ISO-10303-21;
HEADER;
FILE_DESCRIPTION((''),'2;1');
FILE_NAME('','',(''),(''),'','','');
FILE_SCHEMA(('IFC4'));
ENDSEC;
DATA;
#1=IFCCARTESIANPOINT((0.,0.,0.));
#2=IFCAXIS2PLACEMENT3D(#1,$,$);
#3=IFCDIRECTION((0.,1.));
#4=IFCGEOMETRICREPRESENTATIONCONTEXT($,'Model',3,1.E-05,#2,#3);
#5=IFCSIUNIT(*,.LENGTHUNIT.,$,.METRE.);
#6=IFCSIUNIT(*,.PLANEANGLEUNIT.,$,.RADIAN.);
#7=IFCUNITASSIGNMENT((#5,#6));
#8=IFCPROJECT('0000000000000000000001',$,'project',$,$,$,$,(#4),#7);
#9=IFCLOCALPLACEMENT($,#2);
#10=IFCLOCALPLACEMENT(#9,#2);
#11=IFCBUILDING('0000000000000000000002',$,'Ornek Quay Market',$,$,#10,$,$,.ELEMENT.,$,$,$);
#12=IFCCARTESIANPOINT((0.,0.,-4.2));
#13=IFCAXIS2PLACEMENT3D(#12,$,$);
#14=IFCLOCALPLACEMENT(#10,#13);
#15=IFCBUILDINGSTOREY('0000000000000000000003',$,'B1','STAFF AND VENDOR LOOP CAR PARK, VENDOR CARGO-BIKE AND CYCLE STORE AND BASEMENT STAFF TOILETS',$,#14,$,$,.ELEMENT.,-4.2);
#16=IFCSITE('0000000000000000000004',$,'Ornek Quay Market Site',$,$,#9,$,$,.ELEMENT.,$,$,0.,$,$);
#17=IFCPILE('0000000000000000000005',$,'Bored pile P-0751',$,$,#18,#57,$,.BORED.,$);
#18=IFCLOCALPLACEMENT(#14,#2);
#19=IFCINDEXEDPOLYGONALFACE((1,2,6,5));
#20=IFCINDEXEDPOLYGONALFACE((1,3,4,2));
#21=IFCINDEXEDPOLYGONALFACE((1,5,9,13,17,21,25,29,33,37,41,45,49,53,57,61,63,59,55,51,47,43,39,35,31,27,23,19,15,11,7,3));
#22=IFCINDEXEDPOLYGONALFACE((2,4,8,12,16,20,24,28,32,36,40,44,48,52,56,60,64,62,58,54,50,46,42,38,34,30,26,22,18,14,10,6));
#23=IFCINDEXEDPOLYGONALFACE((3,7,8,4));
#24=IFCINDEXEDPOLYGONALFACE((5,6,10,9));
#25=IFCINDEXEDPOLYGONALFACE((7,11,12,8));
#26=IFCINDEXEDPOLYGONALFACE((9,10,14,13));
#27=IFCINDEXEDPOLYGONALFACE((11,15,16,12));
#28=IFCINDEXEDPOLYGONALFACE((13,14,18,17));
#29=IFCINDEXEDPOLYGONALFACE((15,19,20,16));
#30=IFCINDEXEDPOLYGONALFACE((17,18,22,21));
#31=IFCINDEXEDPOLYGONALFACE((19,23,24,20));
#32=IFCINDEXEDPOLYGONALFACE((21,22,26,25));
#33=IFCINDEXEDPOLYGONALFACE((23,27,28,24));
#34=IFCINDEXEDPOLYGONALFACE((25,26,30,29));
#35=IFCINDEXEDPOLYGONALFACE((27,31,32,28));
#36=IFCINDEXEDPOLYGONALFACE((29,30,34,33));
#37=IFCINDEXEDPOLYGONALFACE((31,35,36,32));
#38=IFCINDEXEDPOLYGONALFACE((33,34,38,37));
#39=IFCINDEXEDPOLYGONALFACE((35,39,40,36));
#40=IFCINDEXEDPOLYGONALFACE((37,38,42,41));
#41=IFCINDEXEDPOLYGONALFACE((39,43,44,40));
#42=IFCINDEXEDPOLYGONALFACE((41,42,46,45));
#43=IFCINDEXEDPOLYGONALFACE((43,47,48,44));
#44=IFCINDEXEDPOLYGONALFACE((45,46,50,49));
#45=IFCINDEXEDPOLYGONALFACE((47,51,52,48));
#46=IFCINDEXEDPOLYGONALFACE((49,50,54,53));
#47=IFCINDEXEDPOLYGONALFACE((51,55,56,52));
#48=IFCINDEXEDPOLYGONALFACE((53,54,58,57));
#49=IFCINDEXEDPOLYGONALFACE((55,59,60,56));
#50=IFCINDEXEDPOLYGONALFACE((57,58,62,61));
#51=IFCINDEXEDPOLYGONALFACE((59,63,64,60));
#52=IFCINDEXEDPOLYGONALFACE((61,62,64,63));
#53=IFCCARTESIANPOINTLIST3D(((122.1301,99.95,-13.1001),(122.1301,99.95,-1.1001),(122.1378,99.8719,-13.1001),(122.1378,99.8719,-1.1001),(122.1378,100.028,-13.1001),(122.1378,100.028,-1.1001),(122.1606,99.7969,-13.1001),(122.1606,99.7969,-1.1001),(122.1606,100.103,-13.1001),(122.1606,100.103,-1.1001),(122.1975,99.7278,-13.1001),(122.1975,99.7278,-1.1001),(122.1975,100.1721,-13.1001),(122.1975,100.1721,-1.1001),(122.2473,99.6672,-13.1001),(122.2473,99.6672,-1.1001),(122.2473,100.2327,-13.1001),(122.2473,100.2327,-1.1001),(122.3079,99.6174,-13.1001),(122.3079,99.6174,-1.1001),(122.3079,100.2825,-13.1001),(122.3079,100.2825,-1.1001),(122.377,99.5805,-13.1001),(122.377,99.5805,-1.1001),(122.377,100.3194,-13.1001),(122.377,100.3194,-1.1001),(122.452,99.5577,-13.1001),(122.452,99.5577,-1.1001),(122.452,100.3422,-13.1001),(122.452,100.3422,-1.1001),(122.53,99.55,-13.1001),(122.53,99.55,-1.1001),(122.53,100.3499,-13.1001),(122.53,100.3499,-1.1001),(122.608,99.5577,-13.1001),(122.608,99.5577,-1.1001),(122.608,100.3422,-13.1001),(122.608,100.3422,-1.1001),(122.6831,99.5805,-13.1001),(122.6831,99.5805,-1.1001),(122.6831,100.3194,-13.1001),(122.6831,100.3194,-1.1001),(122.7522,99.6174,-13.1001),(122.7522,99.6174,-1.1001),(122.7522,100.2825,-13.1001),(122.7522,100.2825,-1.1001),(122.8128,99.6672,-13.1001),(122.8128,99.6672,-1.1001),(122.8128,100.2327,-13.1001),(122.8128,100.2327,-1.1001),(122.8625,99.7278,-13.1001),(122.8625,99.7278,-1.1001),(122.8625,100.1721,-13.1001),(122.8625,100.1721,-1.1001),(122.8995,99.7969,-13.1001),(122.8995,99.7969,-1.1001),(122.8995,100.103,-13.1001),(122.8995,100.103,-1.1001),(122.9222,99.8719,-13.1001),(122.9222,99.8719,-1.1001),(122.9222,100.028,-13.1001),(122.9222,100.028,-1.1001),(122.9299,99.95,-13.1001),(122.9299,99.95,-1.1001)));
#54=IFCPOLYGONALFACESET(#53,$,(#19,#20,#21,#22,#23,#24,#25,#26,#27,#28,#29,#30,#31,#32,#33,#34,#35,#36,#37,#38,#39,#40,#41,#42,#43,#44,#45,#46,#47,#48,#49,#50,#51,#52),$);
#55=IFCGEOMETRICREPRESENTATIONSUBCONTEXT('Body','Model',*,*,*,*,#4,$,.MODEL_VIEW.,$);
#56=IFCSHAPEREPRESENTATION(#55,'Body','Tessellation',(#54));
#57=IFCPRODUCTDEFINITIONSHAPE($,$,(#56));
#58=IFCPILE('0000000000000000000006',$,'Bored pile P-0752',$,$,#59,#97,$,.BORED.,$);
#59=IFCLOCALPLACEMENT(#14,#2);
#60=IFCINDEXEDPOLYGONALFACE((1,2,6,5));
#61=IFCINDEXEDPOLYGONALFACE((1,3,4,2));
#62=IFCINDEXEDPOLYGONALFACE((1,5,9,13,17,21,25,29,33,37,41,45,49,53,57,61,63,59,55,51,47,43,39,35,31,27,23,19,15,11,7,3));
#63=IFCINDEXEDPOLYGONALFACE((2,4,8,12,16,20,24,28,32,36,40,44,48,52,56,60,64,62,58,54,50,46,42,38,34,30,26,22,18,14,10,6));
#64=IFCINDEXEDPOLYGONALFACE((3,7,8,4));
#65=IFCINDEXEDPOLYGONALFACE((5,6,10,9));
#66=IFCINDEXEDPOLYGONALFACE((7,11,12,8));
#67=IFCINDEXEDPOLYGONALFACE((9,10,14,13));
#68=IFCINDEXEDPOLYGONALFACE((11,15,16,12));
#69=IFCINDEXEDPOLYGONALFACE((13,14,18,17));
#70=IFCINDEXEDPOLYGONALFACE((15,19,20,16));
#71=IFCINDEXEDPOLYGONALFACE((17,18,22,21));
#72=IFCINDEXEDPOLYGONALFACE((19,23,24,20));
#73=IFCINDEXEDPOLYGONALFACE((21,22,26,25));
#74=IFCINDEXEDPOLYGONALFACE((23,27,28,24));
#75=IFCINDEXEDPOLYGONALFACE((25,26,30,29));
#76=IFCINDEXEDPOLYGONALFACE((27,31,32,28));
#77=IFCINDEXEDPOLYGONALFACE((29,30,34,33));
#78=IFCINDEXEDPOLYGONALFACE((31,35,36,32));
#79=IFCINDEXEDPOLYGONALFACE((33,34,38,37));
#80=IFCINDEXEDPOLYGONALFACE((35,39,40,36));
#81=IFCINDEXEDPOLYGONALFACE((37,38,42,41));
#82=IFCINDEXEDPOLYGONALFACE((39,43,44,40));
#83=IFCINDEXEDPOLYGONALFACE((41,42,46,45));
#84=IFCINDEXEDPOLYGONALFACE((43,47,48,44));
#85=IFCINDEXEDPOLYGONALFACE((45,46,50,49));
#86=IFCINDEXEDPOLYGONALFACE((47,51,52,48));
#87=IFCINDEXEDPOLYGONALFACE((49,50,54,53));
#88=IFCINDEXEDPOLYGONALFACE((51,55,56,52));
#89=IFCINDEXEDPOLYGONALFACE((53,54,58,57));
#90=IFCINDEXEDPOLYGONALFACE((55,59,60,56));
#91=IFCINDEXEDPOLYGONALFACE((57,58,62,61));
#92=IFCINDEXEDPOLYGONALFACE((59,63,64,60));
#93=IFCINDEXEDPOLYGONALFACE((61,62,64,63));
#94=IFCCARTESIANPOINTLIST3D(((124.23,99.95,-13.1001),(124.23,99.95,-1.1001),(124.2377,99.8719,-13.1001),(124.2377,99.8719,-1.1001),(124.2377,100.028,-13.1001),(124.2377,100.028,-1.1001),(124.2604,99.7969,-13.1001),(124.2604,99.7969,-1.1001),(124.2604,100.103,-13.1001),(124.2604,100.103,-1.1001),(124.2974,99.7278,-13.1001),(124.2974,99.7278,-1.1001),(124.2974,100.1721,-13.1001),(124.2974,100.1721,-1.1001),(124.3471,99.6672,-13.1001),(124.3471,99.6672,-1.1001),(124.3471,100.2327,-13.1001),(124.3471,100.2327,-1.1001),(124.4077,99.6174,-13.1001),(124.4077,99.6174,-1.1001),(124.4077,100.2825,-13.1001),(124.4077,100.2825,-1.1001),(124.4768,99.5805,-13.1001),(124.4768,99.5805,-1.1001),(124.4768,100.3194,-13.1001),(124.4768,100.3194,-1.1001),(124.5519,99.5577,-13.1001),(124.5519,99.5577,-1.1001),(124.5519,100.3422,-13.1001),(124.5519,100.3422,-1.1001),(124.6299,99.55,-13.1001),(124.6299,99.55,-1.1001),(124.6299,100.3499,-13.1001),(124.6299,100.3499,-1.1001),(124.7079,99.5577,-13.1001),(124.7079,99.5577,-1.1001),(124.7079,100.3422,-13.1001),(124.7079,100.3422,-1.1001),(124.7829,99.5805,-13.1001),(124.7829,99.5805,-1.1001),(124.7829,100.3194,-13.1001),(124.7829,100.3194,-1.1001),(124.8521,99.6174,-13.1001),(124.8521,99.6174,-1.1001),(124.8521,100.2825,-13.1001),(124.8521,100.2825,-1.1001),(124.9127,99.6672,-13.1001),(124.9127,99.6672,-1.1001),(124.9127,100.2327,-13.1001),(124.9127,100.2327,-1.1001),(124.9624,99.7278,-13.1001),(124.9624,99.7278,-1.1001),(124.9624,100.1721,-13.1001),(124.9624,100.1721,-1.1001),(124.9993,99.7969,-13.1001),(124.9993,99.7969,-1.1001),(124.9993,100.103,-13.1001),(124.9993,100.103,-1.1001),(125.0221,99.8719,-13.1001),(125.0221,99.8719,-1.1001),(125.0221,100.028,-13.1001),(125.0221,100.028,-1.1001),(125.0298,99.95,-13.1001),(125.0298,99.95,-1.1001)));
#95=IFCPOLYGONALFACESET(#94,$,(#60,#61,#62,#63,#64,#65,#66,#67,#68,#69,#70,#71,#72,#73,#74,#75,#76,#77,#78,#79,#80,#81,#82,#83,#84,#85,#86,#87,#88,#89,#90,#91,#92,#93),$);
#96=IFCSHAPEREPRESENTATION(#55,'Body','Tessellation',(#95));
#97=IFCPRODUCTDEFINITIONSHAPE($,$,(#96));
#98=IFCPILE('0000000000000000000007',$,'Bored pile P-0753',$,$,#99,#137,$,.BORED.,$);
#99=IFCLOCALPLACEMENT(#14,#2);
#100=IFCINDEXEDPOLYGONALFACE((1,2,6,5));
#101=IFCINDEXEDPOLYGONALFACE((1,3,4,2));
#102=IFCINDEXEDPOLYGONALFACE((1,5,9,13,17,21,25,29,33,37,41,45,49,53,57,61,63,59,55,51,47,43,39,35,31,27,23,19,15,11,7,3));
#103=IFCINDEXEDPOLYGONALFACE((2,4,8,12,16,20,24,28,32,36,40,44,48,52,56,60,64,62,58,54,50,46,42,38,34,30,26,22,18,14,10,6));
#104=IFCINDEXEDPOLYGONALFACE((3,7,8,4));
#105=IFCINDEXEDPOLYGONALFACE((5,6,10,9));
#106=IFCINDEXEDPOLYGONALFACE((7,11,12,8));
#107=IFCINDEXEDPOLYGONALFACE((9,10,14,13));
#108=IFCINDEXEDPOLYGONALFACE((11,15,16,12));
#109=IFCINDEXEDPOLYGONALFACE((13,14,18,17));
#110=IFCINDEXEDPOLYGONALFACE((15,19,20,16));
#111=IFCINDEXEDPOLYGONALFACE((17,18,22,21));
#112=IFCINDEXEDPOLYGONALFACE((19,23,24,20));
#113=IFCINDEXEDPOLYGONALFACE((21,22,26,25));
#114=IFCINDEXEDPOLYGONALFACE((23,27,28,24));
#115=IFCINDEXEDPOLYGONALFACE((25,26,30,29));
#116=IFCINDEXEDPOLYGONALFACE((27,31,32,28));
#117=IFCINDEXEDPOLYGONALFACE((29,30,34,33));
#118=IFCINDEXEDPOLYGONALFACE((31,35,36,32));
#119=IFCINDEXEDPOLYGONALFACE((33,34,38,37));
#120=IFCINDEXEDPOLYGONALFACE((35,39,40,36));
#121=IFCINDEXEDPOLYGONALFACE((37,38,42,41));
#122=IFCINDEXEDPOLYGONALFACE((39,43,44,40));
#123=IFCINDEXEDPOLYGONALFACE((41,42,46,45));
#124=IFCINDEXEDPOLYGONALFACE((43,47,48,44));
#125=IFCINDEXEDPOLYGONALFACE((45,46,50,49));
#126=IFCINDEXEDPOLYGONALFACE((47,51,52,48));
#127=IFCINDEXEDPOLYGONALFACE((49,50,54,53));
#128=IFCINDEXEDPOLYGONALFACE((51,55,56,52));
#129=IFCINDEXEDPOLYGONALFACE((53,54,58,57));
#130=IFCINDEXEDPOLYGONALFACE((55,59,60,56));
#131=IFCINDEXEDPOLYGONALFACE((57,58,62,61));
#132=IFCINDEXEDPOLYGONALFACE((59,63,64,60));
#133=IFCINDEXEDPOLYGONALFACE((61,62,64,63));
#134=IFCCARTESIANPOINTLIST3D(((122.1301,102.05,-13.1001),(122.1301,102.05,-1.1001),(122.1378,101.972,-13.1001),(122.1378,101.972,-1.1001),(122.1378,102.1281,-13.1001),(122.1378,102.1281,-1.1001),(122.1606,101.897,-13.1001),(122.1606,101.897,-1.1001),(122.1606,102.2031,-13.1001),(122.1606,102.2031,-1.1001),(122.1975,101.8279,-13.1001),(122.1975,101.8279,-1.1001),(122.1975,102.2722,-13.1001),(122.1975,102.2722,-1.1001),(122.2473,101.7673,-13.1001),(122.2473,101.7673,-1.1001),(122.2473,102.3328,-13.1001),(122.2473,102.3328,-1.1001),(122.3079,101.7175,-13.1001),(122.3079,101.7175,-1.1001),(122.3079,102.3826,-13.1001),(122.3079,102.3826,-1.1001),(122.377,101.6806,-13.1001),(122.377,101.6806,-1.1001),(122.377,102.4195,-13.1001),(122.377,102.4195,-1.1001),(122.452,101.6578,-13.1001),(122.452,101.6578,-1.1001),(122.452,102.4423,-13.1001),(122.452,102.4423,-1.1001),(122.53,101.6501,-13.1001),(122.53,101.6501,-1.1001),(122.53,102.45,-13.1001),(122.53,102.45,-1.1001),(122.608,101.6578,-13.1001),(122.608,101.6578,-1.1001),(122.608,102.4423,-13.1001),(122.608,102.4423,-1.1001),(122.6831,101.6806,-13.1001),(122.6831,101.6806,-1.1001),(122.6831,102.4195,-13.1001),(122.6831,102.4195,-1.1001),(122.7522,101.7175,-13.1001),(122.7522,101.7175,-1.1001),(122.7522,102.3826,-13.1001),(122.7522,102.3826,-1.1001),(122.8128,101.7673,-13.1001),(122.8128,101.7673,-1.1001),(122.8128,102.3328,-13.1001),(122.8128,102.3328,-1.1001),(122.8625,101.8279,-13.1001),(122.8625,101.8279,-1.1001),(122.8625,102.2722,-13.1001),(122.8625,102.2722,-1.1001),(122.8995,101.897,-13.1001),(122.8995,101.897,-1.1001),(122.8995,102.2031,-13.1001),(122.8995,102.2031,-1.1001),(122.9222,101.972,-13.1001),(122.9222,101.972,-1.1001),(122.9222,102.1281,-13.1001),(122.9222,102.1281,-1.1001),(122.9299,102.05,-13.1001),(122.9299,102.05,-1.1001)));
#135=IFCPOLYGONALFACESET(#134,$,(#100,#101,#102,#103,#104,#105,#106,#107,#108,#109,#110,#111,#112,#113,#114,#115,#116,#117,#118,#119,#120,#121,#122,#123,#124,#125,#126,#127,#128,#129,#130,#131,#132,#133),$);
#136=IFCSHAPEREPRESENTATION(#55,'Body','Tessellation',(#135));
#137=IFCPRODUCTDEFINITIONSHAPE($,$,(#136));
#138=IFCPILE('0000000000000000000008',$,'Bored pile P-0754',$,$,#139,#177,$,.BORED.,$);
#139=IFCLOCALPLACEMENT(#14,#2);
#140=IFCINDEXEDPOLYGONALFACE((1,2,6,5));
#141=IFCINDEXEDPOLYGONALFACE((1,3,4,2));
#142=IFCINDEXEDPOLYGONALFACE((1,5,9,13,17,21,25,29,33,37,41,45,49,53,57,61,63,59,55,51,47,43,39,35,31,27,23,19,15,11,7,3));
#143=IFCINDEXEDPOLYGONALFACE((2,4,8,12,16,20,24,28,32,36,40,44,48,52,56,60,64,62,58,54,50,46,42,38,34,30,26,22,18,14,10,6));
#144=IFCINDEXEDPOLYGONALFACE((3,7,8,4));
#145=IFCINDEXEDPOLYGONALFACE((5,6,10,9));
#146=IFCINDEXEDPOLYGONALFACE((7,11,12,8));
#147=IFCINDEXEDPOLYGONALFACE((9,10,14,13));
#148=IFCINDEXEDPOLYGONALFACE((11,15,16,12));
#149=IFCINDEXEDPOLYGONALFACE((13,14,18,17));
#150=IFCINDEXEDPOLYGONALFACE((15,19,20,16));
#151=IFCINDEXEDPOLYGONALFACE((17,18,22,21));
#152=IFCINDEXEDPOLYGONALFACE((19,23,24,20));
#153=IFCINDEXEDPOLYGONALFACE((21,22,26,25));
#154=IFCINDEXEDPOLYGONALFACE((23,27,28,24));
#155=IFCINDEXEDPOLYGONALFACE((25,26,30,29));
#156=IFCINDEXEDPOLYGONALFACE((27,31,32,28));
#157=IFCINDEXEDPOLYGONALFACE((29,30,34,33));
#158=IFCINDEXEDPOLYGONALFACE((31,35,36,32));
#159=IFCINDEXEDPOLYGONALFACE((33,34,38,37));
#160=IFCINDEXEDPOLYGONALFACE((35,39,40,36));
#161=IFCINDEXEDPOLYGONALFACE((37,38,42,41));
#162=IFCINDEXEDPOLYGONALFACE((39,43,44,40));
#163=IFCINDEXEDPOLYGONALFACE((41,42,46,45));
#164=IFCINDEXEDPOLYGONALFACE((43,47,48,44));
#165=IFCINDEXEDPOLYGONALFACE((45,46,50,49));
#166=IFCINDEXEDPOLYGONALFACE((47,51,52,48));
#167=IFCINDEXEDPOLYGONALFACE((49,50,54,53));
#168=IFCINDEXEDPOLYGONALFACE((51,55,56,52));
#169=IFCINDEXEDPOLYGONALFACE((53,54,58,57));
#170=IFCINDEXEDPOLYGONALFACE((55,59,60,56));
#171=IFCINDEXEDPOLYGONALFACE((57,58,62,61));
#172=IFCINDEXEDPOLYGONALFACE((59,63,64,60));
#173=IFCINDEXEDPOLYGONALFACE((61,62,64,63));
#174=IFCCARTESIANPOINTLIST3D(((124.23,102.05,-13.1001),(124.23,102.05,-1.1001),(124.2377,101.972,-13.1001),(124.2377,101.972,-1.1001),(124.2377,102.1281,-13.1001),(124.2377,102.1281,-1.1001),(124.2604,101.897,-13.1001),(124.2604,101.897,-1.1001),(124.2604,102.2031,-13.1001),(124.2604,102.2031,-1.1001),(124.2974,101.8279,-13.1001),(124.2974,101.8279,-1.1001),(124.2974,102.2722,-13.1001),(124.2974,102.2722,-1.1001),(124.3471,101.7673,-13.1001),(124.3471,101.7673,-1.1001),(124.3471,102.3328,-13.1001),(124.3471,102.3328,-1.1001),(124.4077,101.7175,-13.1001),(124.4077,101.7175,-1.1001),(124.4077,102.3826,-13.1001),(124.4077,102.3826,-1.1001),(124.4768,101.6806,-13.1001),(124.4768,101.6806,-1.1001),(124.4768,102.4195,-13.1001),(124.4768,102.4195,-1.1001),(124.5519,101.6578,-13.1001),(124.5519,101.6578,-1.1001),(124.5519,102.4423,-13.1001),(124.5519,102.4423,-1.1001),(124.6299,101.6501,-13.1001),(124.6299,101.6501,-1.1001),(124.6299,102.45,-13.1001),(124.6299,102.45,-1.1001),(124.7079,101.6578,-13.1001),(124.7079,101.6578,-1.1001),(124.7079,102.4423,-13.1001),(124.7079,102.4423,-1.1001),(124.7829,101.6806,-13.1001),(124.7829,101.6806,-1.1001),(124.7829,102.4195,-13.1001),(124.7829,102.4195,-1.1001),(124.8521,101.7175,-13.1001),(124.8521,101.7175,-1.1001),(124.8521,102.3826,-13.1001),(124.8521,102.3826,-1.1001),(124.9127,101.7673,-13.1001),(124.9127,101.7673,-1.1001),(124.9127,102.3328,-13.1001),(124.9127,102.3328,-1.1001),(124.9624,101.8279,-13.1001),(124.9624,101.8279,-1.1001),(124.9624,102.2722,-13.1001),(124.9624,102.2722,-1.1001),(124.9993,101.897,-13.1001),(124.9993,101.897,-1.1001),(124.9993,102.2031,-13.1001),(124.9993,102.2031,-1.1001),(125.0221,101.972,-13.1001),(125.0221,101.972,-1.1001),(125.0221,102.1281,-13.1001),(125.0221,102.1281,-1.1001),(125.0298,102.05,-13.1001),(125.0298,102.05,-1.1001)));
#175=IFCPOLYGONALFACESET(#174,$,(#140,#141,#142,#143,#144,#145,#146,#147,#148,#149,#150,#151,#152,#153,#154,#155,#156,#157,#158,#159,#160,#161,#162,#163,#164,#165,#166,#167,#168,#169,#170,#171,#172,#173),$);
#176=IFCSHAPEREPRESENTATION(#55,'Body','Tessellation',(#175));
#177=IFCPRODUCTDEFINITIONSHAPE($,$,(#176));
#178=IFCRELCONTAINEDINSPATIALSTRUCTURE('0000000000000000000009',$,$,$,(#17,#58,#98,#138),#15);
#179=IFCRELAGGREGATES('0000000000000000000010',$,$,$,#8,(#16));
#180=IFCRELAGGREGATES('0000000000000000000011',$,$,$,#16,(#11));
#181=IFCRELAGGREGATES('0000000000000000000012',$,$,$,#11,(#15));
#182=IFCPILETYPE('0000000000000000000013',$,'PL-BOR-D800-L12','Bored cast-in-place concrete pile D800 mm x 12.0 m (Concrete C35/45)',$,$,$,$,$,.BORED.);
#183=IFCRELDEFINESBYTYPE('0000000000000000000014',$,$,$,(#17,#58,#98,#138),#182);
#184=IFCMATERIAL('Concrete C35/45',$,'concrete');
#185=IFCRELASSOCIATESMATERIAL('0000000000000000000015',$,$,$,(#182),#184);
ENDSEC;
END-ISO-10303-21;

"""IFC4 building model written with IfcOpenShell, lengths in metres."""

from ifc_helpers import new_model, si_unit, direction, frame, origin, origin_2d, place, context, subcontext, project, spatial, circle, extrude, material, material_profile, profile_set, type_object, element, save


model = new_model("IFC4")

# Units and contexts
model_context = context("Model", 3, precision=1e-05, world=origin(), true_north=direction((0.0, 1.0)))
body_context = subcontext(model_context, "Body", "Model", "MODEL_VIEW")
ifc_project = project(units=[si_unit("LENGTHUNIT", "METRE"), si_unit("PLANEANGLEUNIT", "RADIAN")], contexts=[model_context])

# Site, building, storey
site_placement = place(None, origin())
site = spatial("IfcSite", under=ifc_project, at=site_placement, Name="Ornek Quay Market Site", CompositionType="ELEMENT", RefElevation=0.0)
building_placement = place(site_placement, origin())
building = spatial("IfcBuilding", under=site, at=building_placement, Name="Ornek Quay Market", CompositionType="ELEMENT")
storey_placement = place(building_placement, frame((0.0, 0.0, -4.2)))
storey = spatial("IfcBuildingStorey", under=building, at=storey_placement, Name="B1", Description="STAFF AND VENDOR LOOP CAR PARK, VENDOR CARGO-BIKE AND CYCLE STORE AND BASEMENT STAFF TOILETS", CompositionType="ELEMENT", Elevation=-4.2)

# Piles
ifc_material_1 = material(Name="Concrete C35/45", Category="concrete")
ifc_material_profile_1 = material_profile(ifc_material_1, circle(Radius=0.3999, at=origin_2d()), Name="PILE D800", Category="concrete")
ifc_profile_set_1 = profile_set([ifc_material_profile_1], Name="Concrete C35/45")
pile_type_1 = type_object("IfcPileType", Name="PL-BOR-D800-L12", Description="Bored cast-in-place concrete pile D800 mm x 12.0 m (Concrete C35/45)", PredefinedType="BORED", material=ifc_profile_set_1)
for number, where, z_axis, x_axis, name in (
    (1, (122.53, 99.95, -1.1001), (0.0, 0.0, -1.0), (1.0, 0.0, 0.0), "Bored pile P-0751"),
    (2, (124.6299, 99.95, -1.1001), (0.0, 0.0, -1.0), (1.0, 0.0, 0.0), "Bored pile P-0752"),
    (3, (122.53, 102.05, -1.1001), (0.0, 0.0, -1.0), (1.0, 0.0, 0.0), "Bored pile P-0753"),
    (4, (124.6299, 102.05, -1.1001), (0.0, 0.0, -1.0), (1.0, 0.0, 0.0), "Bored pile P-0754"),
):
    element("IfcPile", number, at=place(storey_placement, frame(where, z_axis=z_axis, x_axis=x_axis)), inside=storey, type_object=pile_type_1, Name=name, PredefinedType="BORED", context=body_context, shape_type="SweptSolid", body=[
        extrude(circle(Radius=0.3999, at=origin_2d()), origin(), (0.0, 0.0, 1.0), 12.0),
    ])

save(model, "model.ifc")
